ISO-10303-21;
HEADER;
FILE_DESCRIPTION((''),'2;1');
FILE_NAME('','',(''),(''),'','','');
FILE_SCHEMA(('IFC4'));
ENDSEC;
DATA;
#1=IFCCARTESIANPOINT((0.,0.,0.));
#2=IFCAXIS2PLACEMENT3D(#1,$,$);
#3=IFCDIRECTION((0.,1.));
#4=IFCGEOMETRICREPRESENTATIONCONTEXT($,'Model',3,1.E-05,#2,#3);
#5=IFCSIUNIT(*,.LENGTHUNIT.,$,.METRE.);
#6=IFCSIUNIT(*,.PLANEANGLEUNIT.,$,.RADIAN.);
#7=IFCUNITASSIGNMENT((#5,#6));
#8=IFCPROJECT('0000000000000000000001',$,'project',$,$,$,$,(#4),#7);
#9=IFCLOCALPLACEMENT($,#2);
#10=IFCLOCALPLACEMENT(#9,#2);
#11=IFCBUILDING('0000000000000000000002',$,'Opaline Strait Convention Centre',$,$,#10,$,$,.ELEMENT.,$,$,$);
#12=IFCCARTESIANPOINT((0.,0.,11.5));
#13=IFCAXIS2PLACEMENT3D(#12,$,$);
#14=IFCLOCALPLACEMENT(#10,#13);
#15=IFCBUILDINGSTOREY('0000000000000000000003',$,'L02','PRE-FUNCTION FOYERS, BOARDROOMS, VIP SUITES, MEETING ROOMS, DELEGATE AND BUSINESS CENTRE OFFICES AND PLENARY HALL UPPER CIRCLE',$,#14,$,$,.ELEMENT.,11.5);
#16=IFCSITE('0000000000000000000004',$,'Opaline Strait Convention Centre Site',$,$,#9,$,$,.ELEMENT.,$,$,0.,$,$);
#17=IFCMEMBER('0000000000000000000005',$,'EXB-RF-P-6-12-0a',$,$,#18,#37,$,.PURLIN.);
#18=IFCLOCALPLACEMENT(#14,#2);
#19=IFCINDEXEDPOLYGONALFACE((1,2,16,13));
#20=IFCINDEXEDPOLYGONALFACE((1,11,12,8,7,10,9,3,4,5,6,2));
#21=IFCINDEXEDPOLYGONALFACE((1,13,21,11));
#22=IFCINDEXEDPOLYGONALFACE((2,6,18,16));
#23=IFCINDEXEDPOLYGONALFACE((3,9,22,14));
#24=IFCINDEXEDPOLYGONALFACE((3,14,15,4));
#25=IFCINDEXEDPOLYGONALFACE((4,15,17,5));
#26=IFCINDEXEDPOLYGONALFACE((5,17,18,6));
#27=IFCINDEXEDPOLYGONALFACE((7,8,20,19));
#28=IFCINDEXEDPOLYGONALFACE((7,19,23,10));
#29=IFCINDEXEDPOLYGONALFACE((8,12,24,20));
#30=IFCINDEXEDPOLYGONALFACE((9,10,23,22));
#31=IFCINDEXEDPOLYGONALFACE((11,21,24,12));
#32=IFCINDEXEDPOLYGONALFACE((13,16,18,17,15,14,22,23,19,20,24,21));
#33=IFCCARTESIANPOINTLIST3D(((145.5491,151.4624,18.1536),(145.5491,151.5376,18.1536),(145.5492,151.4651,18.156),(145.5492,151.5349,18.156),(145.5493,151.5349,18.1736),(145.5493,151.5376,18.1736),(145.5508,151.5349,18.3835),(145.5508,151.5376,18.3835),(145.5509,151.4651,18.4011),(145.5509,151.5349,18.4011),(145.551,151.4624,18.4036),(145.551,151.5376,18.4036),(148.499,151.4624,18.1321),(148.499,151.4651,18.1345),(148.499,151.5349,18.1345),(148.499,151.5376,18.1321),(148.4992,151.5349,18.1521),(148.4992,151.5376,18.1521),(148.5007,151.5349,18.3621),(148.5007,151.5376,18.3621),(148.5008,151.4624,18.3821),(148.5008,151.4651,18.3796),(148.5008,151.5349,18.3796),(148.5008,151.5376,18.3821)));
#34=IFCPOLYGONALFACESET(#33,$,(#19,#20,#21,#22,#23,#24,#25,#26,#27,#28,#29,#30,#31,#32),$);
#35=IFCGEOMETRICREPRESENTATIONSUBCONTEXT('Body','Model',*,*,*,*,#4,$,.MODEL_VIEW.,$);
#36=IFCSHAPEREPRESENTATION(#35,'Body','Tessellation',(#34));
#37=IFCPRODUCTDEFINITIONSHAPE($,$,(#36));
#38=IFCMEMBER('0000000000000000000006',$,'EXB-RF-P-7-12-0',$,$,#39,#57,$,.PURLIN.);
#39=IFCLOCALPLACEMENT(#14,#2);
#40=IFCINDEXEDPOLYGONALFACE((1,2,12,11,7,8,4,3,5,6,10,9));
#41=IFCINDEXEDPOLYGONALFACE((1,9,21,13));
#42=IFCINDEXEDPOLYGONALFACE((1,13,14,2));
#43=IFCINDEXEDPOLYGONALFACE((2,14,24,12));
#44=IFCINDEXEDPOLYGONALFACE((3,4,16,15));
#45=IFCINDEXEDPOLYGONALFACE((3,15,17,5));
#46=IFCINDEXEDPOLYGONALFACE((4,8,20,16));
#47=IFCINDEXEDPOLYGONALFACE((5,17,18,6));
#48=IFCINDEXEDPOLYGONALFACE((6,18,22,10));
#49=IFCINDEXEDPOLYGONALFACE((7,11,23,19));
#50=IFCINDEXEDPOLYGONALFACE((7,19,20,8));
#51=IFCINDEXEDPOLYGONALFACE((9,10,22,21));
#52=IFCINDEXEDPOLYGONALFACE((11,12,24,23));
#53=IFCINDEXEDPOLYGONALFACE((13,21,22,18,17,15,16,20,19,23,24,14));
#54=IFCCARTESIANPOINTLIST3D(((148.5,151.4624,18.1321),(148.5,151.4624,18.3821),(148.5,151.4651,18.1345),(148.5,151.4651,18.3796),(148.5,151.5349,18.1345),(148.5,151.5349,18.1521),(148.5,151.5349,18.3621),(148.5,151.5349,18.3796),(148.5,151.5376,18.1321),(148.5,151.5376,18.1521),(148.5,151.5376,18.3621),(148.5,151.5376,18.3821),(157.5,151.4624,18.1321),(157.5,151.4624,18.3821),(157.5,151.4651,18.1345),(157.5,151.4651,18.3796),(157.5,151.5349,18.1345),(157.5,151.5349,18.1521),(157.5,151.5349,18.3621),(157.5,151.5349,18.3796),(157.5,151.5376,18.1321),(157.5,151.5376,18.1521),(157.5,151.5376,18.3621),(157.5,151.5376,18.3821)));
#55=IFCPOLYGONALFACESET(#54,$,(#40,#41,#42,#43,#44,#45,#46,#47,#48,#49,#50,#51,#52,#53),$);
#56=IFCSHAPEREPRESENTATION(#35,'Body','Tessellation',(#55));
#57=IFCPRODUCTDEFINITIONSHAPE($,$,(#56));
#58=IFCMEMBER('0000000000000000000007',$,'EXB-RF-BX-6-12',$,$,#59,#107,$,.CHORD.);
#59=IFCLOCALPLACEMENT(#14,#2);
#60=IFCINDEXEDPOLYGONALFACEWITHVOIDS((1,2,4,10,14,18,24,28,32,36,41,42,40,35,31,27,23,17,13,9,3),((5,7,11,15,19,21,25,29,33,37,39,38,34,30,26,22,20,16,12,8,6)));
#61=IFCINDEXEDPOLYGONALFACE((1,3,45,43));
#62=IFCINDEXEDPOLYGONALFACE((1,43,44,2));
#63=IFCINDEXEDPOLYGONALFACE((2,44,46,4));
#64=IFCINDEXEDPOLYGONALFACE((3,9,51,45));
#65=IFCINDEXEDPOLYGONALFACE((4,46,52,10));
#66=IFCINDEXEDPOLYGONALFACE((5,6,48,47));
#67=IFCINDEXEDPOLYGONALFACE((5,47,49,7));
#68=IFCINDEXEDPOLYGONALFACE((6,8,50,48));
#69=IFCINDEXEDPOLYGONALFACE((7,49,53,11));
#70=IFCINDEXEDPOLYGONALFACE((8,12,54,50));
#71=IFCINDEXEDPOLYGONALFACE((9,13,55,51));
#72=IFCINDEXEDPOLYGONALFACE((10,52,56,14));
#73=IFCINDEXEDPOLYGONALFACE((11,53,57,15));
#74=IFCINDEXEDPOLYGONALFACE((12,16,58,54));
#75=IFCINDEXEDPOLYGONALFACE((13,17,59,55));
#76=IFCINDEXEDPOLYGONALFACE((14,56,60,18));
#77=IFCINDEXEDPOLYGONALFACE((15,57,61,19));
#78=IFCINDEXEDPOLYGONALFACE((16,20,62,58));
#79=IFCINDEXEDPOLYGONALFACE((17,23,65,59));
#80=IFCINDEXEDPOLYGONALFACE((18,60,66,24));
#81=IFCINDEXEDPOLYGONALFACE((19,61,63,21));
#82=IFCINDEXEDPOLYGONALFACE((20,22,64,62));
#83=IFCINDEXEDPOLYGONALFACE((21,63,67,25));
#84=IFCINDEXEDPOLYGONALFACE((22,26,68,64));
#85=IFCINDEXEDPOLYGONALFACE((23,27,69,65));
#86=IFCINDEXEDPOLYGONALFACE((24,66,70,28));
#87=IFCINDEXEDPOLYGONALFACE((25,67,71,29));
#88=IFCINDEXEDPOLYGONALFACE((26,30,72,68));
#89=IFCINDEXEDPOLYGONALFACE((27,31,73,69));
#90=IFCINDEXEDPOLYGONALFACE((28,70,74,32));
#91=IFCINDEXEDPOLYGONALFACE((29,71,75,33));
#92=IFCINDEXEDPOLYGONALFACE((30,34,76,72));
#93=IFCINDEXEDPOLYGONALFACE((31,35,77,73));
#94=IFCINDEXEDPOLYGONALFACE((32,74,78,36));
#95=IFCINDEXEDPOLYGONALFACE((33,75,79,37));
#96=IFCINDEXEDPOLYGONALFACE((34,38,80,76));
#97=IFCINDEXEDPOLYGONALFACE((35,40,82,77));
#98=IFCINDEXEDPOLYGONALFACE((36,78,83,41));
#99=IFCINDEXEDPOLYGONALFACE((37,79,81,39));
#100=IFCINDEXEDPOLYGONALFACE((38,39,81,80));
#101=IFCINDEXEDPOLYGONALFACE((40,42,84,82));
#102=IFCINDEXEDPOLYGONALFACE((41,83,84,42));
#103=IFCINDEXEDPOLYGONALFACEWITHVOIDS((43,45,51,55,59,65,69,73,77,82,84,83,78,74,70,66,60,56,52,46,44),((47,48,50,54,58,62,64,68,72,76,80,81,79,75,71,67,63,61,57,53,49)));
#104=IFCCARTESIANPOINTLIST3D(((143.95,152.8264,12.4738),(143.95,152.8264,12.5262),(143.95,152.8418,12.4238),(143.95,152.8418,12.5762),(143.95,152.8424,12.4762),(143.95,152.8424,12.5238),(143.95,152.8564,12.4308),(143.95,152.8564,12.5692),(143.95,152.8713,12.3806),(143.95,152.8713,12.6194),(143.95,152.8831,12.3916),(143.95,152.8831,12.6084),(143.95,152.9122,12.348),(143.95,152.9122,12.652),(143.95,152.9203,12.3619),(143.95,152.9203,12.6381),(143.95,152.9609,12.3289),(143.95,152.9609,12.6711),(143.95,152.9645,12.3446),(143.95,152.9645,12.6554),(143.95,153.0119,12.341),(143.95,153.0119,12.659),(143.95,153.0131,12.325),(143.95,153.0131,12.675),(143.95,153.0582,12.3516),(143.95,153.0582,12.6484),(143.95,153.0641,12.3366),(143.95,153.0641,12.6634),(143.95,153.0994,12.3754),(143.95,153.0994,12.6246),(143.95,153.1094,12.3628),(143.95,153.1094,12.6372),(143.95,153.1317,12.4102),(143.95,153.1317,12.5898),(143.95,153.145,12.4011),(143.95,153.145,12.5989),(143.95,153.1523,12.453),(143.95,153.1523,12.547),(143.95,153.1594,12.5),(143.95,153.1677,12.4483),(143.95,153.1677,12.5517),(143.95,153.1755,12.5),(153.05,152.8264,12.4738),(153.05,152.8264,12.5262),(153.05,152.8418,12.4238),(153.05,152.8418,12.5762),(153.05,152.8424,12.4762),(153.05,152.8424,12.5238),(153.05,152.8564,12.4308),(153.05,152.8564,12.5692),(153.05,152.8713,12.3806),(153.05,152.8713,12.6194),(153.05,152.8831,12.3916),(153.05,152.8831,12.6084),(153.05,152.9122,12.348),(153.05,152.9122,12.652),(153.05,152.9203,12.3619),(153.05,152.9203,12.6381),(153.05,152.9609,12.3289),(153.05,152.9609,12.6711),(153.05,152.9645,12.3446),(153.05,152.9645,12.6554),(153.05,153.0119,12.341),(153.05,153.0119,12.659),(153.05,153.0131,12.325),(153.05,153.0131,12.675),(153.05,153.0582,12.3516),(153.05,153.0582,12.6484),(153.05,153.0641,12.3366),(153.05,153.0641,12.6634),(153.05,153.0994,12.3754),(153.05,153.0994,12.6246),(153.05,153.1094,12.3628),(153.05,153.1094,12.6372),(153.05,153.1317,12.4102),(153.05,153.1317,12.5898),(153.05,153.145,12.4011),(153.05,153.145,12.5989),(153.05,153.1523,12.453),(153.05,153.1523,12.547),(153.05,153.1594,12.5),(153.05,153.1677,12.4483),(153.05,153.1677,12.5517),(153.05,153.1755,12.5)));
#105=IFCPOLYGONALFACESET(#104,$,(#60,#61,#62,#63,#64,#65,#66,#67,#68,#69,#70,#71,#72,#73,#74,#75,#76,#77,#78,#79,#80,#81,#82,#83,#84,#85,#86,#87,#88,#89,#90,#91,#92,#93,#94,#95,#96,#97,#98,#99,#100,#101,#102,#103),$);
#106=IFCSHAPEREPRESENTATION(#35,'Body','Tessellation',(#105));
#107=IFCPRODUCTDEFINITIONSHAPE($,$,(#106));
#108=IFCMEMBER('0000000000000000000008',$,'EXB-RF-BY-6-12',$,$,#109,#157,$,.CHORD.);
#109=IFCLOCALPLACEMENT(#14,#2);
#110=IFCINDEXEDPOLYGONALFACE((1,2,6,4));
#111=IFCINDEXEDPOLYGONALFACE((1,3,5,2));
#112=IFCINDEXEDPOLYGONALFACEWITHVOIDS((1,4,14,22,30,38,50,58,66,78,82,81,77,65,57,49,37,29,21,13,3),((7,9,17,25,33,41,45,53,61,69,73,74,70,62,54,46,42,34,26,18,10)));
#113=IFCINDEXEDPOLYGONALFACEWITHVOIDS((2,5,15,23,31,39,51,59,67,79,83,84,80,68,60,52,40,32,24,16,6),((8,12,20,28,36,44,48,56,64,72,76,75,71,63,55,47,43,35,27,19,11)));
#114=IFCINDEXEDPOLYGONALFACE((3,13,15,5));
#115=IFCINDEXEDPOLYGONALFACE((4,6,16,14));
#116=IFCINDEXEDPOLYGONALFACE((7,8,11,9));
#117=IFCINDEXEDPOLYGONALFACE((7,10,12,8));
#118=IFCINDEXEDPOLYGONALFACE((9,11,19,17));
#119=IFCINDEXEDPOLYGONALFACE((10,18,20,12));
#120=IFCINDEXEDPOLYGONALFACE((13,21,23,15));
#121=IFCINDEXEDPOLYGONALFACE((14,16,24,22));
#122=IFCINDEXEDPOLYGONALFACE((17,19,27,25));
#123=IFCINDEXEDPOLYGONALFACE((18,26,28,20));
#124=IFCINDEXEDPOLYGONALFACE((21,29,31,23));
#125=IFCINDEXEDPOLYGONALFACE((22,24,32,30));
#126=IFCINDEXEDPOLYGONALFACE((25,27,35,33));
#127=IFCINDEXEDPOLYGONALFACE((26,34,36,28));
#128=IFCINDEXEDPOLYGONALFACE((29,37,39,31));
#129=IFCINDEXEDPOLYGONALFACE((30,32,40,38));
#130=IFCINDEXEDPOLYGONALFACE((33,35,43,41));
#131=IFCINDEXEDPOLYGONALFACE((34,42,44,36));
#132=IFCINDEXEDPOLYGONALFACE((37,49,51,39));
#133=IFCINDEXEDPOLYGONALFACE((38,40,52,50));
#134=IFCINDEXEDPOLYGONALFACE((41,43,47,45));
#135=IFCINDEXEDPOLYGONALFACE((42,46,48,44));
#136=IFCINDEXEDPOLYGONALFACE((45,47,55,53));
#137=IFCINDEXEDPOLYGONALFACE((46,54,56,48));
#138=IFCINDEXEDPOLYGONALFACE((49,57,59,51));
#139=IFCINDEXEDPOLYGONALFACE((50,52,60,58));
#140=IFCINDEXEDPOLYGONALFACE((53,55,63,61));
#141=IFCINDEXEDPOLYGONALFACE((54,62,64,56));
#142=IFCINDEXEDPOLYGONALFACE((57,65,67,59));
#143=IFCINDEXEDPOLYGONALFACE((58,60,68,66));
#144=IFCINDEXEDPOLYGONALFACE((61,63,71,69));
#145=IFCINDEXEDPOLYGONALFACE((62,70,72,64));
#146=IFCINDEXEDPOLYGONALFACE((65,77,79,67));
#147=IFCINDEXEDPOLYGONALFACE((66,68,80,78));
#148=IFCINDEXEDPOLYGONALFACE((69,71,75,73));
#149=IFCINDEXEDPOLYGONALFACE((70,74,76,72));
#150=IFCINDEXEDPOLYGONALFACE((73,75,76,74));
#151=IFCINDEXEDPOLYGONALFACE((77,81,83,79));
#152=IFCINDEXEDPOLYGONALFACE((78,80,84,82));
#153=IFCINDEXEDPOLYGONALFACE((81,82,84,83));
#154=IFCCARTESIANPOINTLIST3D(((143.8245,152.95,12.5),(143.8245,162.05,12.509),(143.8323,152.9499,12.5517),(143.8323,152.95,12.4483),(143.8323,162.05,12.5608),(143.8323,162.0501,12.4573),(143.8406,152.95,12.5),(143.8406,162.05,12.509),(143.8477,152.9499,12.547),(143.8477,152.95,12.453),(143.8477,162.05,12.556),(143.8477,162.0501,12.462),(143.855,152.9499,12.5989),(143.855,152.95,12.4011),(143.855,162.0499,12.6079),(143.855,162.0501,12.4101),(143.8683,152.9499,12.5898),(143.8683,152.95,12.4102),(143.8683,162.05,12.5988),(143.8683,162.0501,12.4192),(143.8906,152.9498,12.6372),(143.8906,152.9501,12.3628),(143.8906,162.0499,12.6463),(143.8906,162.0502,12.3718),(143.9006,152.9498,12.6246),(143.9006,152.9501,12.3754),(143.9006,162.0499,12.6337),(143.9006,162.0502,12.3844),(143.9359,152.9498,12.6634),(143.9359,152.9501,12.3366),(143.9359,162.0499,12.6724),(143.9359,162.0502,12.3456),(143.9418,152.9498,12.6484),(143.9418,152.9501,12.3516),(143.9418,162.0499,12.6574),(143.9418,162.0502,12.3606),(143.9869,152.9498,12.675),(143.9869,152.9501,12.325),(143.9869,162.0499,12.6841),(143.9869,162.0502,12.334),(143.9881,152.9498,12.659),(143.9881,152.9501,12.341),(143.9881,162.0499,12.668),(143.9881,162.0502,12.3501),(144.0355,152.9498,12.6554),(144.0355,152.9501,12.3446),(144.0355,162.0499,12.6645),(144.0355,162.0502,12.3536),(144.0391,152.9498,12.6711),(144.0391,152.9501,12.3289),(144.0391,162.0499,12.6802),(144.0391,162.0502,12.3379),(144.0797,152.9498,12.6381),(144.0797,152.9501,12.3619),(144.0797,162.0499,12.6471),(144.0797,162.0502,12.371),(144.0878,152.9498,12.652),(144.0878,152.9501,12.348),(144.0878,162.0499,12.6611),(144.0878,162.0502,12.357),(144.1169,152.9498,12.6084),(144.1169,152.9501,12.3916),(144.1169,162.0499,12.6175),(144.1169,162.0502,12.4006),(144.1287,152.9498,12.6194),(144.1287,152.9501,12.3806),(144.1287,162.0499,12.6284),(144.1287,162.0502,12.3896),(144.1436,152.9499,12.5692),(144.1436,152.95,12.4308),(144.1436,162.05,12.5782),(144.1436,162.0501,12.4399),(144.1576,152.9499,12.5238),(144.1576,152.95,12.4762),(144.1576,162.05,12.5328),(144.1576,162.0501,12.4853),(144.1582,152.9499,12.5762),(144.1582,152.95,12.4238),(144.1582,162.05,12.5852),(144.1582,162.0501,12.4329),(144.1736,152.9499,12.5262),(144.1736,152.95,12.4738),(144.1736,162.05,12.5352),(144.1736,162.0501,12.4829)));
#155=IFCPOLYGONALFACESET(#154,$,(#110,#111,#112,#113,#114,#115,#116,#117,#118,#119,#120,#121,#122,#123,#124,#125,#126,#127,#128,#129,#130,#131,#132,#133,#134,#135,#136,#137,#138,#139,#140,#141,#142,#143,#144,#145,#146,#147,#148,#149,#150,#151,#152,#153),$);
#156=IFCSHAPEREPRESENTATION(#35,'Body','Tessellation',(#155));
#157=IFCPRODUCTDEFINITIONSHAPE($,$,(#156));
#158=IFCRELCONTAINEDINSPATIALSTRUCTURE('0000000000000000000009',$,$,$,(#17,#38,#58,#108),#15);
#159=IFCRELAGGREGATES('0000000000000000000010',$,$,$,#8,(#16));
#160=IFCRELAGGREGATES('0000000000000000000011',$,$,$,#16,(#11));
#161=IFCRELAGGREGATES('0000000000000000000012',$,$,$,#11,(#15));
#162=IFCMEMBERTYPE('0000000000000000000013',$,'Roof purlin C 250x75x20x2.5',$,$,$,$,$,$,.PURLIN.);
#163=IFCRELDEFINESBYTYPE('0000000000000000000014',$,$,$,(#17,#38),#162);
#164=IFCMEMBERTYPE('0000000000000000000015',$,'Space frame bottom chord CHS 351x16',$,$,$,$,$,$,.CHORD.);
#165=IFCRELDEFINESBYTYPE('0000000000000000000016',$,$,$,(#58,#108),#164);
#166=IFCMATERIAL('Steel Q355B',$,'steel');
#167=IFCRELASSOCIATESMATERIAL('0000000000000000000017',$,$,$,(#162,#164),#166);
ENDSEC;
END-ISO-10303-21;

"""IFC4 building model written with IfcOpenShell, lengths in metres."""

from ifc_helpers import new_model, si_unit, direction, frame, origin, origin_2d, place, context, subcontext, project, spatial, polyline, hollow_circle, outline, extrude, material, material_profile, profile_set, type_object, element, save


model = new_model("IFC4")

# Units and contexts
model_context = context("Model", 3, precision=1e-05, world=origin(), true_north=direction((0.0, 1.0)))
body_context = subcontext(model_context, "Body", "Model", "MODEL_VIEW")
ifc_project = project(units=[si_unit("LENGTHUNIT", "METRE"), si_unit("PLANEANGLEUNIT", "RADIAN")], contexts=[model_context])

# Site, building, storey
site_placement = place(None, origin())
site = spatial("IfcSite", under=ifc_project, at=site_placement, Name="Opaline Strait Convention Centre Site", CompositionType="ELEMENT", RefElevation=0.0)
building_placement = place(site_placement, origin())
building = spatial("IfcBuilding", under=site, at=building_placement, Name="Opaline Strait Convention Centre", CompositionType="ELEMENT")
storey_placement = place(building_placement, frame((0.0, 0.0, 11.5)))
storey = spatial("IfcBuildingStorey", under=building, at=storey_placement, Name="L02", Description="PRE-FUNCTION FOYERS, BOARDROOMS, VIP SUITES, MEETING ROOMS, DELEGATE AND BUSINESS CENTRE OFFICES AND PLENARY HALL UPPER CIRCLE", CompositionType="ELEMENT", Elevation=11.5)

# Members
ifc_material_1 = material(Name="Steel Q355B", Category="steel")
ifc_material_profile_1 = material_profile(ifc_material_1, outline(polyline([(-0.0376, -0.125), (0.0376, -0.125), (0.0376, -0.105), (0.0349, -0.105), (0.0349, -0.1226), (-0.0349, -0.1226), (-0.0349, 0.1226), (0.0349, 0.1226), (0.0349, 0.105), (0.0376, 0.105), (0.0376, 0.125), (-0.0376, 0.125), (-0.0376, -0.125)])), Name="C 250x75x20x2.5")
ifc_profile_set_1 = profile_set([ifc_material_profile_1], Name="Steel Q355B")
member_type_1 = type_object("IfcMemberType", Name="Roof purlin C 250x75x20x2.5", PredefinedType="PURLIN", material=ifc_profile_set_1)
member_1_placement = place(storey_placement, frame((145.55, 151.5, 18.2786), z_axis=(0.999973, 0.0, -0.007283), x_axis=(0.0, 1.0, 0.0)))
element("IfcMember", 1, at=member_1_placement, inside=storey, type_object=member_type_1, Name="EXB-RF-P-6-12-0a", PredefinedType="PURLIN", context=body_context, shape_type="SweptSolid", body=[
    extrude(outline(polyline([(-0.0376, -0.125), (0.0376, -0.125), (0.0376, -0.105), (0.0349, -0.105), (0.0349, -0.1226), (-0.0349, -0.1226), (-0.0349, 0.1226), (0.0349, 0.1226), (0.0349, 0.105), (0.0376, 0.105), (0.0376, 0.125), (-0.0376, 0.125), (-0.0376, -0.125)])), origin(), (0.0, 0.0, 1.0), 2.95),
])
member_2_placement = place(storey_placement, frame((148.5, 151.5, 18.2571), z_axis=(1.0, 0.0, 0.0), x_axis=(0.0, 1.0, 0.0)))
element("IfcMember", 2, at=member_2_placement, inside=storey, type_object=member_type_1, Name="EXB-RF-P-7-12-0", PredefinedType="PURLIN", context=body_context, shape_type="SweptSolid", body=[
    extrude(outline(polyline([(-0.0376, -0.125), (0.0376, -0.125), (0.0376, -0.105), (0.0349, -0.105), (0.0349, -0.1226), (-0.0349, -0.1226), (-0.0349, 0.1226), (0.0349, 0.1226), (0.0349, 0.105), (0.0376, 0.105), (0.0376, 0.125), (-0.0376, 0.125), (-0.0376, -0.125)])), origin(), (0.0, 0.0, 1.0), 9.0),
])
ifc_material_profile_2 = material_profile(ifc_material_1, hollow_circle(Radius=0.1755, WallThickness=0.0161, at=origin_2d()), Name="CHS 351x16")
ifc_profile_set_2 = profile_set([ifc_material_profile_2], Name="Steel Q355B")
member_type_2 = type_object("IfcMemberType", Name="Space frame bottom chord CHS 351x16", PredefinedType="CHORD", material=ifc_profile_set_2)
for number, where, z_axis, x_axis, name in (
    (3, (143.95, 153.0, 12.5), (1.0, 0.0, 0.0), (0.0, 1.0, 0.0), "EXB-RF-BX-6-12"),
    (4, (144.0, 152.95, 12.5), (0.0, 1.0, 0.000993), (-1.0, 0.0, 0.0), "EXB-RF-BY-6-12"),
):
    element("IfcMember", number, at=place(storey_placement, frame(where, z_axis=z_axis, x_axis=x_axis)), inside=storey, type_object=member_type_2, Name=name, PredefinedType="CHORD", context=body_context, shape_type="SweptSolid", body=[
        extrude(hollow_circle(Radius=0.1755, WallThickness=0.0161, at=origin_2d()), origin(), (0.0, 0.0, 1.0), 9.1001),
    ])

save(model, "model.ifc")
